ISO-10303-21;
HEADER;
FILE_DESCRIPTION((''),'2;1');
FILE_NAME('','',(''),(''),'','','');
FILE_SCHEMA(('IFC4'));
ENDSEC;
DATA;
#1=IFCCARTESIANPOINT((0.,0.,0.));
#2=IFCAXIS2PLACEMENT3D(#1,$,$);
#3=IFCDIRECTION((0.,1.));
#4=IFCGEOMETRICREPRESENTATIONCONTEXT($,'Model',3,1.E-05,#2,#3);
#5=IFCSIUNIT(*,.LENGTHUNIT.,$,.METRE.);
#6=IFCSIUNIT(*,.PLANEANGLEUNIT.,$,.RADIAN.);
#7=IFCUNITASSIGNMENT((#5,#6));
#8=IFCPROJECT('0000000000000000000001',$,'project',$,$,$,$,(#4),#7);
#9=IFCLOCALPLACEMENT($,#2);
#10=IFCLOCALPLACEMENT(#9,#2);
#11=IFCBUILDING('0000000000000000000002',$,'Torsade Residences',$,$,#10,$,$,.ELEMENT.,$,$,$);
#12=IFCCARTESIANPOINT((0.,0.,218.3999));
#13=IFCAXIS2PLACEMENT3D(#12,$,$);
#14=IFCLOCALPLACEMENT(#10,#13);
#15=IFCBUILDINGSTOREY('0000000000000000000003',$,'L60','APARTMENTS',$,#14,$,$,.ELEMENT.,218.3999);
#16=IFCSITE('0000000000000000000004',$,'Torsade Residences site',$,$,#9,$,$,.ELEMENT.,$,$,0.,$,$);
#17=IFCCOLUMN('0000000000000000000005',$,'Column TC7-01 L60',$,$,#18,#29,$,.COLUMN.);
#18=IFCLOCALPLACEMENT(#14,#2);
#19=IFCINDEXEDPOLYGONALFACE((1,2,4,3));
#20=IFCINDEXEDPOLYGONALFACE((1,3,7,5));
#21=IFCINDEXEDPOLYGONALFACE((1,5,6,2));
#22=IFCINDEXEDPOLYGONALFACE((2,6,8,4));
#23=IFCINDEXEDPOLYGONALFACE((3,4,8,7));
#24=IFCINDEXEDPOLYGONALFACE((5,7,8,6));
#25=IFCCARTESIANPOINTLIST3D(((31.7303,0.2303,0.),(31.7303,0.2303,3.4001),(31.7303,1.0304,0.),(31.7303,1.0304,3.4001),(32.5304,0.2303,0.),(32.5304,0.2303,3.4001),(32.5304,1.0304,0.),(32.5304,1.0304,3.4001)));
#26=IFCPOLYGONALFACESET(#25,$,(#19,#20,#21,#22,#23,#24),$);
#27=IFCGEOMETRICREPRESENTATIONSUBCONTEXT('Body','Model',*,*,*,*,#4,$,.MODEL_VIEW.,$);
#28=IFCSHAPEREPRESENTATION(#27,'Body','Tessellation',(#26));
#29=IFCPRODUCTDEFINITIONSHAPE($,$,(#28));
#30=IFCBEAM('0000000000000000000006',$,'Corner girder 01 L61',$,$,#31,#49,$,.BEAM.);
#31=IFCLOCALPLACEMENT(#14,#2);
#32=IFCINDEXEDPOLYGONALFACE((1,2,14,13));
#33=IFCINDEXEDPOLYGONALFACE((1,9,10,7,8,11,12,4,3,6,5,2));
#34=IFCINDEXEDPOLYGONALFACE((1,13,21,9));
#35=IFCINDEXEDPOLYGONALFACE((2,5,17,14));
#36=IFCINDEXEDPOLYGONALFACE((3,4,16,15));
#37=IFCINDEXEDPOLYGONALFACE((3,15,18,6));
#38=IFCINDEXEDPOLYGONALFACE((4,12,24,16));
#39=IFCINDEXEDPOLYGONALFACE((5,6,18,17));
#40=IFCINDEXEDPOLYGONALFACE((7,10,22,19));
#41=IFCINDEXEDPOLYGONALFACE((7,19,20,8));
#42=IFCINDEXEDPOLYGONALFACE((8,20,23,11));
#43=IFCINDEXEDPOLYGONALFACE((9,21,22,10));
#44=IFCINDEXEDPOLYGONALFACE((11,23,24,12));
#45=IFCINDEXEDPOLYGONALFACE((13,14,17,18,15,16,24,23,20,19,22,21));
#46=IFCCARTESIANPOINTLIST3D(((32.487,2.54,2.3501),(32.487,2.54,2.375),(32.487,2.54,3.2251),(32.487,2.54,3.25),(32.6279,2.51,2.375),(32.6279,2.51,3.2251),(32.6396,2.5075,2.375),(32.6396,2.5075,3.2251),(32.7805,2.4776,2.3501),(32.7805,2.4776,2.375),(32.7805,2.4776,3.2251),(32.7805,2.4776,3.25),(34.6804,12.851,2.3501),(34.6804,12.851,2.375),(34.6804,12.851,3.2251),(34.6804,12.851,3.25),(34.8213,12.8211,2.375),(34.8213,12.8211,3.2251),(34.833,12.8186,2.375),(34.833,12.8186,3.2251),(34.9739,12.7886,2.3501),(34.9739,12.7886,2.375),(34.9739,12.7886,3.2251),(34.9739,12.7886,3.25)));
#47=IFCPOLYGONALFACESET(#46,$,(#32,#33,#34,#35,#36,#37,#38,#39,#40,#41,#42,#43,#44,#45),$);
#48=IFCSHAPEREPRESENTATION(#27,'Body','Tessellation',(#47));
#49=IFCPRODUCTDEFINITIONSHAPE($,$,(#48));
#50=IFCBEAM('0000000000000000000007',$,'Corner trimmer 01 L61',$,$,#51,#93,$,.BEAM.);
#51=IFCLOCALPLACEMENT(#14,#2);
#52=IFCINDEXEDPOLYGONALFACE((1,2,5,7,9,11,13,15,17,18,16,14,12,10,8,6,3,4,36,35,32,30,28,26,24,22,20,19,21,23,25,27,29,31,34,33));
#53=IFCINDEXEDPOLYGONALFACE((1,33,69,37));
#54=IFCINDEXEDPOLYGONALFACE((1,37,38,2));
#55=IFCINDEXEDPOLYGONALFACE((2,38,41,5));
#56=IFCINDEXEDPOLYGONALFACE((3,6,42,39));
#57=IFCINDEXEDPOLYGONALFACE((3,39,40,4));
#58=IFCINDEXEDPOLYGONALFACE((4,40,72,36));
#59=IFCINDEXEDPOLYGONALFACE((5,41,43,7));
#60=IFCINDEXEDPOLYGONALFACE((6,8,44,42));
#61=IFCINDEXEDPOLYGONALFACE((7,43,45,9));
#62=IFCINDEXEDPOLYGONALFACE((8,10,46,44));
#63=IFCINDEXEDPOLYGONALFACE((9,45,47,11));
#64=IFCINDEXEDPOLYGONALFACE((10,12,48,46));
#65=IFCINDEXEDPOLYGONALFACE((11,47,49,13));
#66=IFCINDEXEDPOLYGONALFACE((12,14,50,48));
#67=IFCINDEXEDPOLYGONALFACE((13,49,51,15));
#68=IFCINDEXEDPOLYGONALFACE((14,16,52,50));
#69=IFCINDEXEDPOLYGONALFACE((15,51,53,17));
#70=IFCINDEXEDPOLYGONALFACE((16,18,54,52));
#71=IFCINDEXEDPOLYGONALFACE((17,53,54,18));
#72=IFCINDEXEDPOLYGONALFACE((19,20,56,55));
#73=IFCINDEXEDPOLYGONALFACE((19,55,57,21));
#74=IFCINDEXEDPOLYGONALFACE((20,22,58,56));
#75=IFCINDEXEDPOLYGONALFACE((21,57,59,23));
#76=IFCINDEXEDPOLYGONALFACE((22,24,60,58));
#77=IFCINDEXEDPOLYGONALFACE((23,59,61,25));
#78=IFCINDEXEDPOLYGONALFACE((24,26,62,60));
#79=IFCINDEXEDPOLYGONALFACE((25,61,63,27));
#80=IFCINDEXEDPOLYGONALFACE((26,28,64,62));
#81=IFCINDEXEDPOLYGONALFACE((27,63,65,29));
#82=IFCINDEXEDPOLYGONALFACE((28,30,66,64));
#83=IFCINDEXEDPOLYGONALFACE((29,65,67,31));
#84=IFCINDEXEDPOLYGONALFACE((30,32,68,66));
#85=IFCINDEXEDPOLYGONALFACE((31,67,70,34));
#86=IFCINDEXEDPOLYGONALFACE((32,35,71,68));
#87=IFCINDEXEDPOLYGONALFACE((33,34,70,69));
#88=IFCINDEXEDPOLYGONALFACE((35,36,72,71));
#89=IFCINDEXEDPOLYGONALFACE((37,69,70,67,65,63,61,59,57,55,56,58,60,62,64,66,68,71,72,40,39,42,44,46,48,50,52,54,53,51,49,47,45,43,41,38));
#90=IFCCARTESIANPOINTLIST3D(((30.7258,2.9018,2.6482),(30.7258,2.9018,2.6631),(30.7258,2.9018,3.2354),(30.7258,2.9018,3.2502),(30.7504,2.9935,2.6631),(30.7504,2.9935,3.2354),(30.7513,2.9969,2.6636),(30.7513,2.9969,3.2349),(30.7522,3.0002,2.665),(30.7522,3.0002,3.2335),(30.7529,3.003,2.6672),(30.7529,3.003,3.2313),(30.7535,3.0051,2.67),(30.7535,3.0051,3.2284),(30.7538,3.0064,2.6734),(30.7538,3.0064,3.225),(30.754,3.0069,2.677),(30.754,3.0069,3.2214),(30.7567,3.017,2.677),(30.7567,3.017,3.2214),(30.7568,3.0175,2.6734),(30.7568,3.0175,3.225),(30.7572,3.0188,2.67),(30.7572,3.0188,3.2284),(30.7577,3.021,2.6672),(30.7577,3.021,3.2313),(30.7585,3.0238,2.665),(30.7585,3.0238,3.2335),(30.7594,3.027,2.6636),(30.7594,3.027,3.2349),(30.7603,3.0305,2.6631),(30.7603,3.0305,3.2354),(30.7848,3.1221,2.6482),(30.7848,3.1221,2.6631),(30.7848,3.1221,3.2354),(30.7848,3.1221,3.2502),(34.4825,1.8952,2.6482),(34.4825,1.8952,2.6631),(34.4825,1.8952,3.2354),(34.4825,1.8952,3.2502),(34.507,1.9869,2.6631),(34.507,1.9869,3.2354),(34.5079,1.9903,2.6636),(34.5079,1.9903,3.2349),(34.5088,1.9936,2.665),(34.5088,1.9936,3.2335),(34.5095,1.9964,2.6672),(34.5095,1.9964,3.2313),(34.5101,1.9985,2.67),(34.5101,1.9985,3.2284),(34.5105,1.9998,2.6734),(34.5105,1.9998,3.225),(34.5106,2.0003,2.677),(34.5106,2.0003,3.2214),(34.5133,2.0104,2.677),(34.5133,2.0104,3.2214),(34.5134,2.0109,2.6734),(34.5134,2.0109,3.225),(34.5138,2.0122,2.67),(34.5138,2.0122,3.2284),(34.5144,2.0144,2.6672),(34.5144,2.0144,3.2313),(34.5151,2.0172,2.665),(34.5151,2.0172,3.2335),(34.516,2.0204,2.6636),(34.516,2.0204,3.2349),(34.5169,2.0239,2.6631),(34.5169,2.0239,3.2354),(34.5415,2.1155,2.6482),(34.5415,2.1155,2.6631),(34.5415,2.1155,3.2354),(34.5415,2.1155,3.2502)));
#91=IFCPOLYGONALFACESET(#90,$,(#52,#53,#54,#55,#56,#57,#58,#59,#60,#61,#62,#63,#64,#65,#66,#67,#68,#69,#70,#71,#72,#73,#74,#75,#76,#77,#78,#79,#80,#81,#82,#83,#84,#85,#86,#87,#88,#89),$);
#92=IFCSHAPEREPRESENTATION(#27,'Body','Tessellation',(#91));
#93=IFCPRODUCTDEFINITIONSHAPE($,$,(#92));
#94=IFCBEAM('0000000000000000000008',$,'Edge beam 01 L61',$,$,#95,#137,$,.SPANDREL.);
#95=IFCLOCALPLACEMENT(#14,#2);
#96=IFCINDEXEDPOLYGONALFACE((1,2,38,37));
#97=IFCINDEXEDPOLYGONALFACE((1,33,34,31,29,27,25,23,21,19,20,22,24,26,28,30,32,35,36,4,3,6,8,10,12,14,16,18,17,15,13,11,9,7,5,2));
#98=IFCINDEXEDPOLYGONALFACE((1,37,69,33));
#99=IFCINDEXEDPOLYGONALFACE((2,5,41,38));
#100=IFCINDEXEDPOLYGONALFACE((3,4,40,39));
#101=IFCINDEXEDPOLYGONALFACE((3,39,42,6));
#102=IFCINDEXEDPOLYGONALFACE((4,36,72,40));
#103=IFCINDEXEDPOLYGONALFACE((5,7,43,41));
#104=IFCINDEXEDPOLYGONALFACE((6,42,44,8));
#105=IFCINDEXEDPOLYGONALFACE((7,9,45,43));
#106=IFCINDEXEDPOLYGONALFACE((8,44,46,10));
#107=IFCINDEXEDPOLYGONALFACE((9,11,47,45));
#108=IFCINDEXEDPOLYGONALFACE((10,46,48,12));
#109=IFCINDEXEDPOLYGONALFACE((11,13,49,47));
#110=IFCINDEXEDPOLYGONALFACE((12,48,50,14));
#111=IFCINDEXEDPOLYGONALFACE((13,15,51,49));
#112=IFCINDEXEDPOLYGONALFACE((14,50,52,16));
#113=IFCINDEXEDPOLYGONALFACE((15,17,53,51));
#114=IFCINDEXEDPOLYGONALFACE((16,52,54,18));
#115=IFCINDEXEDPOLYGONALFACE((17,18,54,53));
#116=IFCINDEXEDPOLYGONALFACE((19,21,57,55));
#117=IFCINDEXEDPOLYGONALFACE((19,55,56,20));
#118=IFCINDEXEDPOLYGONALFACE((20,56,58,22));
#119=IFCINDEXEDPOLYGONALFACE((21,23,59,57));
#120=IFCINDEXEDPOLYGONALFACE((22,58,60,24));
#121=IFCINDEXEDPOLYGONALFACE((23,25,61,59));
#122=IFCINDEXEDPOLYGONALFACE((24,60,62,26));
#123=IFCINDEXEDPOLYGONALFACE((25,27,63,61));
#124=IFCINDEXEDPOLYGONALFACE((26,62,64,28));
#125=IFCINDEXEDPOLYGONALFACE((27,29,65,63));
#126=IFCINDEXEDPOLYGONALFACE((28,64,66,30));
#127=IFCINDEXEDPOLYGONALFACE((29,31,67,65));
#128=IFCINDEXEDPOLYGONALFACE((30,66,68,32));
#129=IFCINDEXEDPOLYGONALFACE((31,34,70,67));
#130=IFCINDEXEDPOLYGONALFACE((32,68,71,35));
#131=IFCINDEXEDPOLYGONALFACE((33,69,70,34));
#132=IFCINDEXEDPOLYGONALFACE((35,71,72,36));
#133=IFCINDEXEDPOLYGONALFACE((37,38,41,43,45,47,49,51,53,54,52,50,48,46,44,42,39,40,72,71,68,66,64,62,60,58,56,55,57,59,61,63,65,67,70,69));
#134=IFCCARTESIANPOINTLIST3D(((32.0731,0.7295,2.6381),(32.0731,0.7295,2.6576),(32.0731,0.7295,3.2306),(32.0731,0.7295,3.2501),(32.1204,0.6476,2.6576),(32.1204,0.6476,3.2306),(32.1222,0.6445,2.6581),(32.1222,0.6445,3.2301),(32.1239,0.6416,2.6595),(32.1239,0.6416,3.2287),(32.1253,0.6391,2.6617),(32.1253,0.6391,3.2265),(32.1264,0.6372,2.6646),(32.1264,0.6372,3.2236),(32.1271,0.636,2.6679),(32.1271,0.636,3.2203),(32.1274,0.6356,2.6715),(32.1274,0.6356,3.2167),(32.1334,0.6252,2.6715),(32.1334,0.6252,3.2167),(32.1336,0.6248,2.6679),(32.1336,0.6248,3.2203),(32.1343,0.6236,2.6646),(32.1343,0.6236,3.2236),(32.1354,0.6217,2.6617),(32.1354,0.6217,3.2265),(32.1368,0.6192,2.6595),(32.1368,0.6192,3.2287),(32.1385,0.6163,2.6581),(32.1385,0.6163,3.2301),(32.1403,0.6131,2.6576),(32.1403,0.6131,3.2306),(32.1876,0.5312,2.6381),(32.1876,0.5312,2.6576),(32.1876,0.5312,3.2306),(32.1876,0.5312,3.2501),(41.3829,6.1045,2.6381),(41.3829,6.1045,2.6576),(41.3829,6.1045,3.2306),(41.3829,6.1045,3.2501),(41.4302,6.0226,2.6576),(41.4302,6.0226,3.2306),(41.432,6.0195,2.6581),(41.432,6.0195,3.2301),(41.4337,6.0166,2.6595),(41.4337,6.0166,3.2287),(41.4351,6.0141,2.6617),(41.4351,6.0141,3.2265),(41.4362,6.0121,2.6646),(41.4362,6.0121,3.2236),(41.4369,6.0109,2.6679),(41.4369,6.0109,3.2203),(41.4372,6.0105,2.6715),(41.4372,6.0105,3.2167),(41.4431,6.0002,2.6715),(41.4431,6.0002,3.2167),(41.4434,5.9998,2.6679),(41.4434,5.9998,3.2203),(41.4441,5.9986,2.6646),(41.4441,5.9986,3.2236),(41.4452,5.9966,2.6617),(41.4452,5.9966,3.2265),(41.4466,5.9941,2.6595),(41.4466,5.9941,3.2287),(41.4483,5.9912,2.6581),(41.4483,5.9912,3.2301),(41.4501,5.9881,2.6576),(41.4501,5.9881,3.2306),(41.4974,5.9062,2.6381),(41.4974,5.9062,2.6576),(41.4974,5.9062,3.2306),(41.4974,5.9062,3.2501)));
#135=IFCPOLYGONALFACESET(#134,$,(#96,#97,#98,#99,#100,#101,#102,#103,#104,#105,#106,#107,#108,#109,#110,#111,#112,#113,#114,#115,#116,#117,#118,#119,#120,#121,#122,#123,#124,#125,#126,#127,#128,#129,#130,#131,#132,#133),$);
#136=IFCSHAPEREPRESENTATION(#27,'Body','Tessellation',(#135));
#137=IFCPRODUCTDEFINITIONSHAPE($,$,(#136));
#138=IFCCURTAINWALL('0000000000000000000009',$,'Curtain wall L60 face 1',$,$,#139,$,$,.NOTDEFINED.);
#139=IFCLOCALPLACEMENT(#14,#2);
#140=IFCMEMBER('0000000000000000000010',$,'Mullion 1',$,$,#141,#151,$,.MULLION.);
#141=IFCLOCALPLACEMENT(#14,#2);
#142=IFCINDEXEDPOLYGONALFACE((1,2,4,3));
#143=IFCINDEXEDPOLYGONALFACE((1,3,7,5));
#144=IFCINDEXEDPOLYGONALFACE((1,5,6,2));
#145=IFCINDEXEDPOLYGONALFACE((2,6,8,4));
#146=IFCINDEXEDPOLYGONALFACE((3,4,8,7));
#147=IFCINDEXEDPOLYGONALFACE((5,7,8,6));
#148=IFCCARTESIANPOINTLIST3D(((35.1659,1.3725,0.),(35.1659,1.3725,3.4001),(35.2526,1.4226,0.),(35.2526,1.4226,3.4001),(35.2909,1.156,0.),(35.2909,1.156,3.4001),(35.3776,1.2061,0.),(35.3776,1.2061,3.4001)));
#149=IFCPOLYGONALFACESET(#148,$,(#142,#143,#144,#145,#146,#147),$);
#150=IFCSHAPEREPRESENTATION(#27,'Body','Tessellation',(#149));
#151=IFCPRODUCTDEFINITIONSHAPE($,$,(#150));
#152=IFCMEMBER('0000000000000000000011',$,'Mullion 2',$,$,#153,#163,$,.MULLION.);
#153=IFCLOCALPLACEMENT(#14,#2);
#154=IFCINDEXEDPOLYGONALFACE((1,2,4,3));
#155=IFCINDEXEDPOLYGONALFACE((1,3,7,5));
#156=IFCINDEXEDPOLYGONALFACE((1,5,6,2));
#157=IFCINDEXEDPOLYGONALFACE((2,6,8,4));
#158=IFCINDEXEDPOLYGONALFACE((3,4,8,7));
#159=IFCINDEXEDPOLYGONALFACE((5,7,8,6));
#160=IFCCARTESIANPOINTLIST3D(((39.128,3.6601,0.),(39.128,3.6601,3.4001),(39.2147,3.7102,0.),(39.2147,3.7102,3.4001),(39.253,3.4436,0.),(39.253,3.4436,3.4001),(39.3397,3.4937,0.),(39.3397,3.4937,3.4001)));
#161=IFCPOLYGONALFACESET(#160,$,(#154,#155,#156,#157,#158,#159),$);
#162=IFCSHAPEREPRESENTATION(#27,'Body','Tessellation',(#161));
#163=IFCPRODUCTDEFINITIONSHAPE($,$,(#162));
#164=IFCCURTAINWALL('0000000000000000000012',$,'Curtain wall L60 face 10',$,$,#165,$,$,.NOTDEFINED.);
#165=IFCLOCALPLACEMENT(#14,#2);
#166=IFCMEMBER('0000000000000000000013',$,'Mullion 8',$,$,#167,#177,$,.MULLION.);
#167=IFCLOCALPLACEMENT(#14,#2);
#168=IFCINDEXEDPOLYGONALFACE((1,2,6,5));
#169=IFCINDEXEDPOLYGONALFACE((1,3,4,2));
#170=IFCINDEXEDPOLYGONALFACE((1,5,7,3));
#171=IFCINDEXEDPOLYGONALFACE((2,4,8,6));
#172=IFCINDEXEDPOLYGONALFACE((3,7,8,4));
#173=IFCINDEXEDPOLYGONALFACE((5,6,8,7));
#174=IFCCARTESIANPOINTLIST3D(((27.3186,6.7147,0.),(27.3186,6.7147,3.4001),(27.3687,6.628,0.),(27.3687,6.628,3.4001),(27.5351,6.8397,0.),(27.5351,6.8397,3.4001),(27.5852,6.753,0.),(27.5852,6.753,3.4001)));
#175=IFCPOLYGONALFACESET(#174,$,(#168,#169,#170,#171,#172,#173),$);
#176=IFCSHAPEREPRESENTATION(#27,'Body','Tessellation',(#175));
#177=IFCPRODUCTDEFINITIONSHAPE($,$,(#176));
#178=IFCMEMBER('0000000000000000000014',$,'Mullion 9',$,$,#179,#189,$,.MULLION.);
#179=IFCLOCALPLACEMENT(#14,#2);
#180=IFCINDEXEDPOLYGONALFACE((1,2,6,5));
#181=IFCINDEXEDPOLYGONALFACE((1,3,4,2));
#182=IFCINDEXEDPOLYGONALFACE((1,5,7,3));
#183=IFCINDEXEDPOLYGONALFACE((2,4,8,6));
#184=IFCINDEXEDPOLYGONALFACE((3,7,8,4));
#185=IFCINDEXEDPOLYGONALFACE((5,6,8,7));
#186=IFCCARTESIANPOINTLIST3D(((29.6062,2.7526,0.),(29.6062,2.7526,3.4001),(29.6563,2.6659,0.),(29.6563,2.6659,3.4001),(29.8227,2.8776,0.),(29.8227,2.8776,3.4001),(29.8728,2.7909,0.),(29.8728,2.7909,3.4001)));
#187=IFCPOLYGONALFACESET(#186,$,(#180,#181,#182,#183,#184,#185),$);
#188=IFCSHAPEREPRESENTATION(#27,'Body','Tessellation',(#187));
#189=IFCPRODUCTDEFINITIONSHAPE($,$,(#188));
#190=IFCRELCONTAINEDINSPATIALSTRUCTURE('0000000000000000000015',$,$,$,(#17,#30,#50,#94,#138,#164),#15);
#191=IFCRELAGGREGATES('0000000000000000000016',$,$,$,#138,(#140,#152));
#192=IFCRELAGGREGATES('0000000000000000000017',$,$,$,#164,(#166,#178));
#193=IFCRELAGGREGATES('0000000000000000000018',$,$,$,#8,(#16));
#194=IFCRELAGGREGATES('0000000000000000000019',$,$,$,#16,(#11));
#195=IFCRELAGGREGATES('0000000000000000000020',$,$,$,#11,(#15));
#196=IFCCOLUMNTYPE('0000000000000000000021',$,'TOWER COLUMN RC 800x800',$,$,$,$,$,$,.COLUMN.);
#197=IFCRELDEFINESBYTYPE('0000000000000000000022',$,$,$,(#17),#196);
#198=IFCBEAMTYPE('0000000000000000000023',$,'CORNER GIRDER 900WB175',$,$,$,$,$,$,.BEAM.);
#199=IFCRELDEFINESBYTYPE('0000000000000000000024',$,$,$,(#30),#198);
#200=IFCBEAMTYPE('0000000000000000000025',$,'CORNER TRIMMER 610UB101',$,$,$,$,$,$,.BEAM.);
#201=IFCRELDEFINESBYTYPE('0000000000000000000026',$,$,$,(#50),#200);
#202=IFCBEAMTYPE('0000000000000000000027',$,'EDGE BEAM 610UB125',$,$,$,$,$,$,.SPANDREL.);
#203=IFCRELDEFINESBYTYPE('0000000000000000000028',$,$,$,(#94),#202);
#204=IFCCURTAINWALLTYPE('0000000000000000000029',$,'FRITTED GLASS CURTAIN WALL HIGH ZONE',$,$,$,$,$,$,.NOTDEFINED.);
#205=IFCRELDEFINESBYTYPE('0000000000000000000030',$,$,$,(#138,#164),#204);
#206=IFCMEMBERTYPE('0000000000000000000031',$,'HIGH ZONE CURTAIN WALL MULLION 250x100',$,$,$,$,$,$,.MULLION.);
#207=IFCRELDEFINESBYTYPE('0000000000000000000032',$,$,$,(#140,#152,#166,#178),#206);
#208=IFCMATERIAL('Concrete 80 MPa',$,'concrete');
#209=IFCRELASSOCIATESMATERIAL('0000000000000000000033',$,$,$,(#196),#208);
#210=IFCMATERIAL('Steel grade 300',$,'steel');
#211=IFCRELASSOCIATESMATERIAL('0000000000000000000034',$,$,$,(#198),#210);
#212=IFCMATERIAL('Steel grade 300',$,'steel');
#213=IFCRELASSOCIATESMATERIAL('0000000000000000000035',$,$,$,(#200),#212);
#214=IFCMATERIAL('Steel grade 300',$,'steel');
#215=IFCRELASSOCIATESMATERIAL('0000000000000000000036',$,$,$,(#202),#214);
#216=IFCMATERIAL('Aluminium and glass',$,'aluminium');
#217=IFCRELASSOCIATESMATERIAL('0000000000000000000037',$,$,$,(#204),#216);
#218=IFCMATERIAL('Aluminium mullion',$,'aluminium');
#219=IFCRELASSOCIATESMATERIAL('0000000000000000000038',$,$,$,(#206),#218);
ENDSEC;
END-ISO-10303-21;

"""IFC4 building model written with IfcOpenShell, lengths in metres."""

from ifc_helpers import new_model, si_unit, direction, frame, origin, origin_2d, place, context, subcontext, project, spatial, rectangle, i_section, extrude, material, material_profile, profile_set, type_object, element, aggregate, save


model = new_model("IFC4")

# Units and contexts
model_context = context("Model", 3, precision=1e-05, world=origin(), true_north=direction((0.0, 1.0)))
body_context = subcontext(model_context, "Body", "Model", "MODEL_VIEW")
ifc_project = project(units=[si_unit("LENGTHUNIT", "METRE"), si_unit("PLANEANGLEUNIT", "RADIAN")], contexts=[model_context])

# Site, building, storey
site_placement = place(None, origin())
site = spatial("IfcSite", under=ifc_project, at=site_placement, Name="Torsade Residences site", CompositionType="ELEMENT", RefElevation=0.0)
building_placement = place(site_placement, origin())
building = spatial("IfcBuilding", under=site, at=building_placement, Name="Torsade Residences", CompositionType="ELEMENT")
storey_placement = place(building_placement, frame((0.0, 0.0, 218.3999)))
storey = spatial("IfcBuildingStorey", under=building, at=storey_placement, Name="L60", Description="APARTMENTS", CompositionType="ELEMENT", Elevation=218.3999)

# Column
ifc_material_1 = material(Name="Concrete 80 MPa", Category="concrete")
ifc_material_profile_1 = material_profile(ifc_material_1, rectangle(XDim=0.8, YDim=0.8, at=origin_2d()), Name="RC 800x800")
ifc_profile_set_1 = profile_set([ifc_material_profile_1], Name="Concrete 80 MPa")
column_type = type_object("IfcColumnType", Name="TOWER COLUMN RC 800x800", PredefinedType="COLUMN", material=ifc_profile_set_1)
column_placement = place(storey_placement, frame((32.1304, 0.6304, 0.0), z_axis=(0.0, 0.0, 1.0), x_axis=(1.0, 0.0, 0.0)))
element("IfcColumn", 1, at=column_placement, inside=storey, type_object=column_type, Name="Column TC7-01 L60", PredefinedType="COLUMN", context=body_context, shape_type="SweptSolid", body=[
    extrude(rectangle(XDim=0.8, YDim=0.8, at=origin_2d()), origin(), (0.0, 0.0, 1.0), 3.4001),
])

# Beams
ifc_material_2 = material(Name="Steel grade 300", Category="steel")
ifc_material_profile_2 = material_profile(ifc_material_2, i_section(OverallWidth=0.3, OverallDepth=0.8999, WebThickness=0.012, FlangeThickness=0.0249, at=origin_2d()), Name="900WB175")
ifc_profile_set_2 = profile_set([ifc_material_profile_2], Name="Steel grade 300")
beam_type_1 = type_object("IfcBeamType", Name="CORNER GIRDER 900WB175", PredefinedType="BEAM", material=ifc_profile_set_2)
beam_1_placement = place(storey_placement, frame((32.6338, 2.5088, 2.8), z_axis=(0.208064, 0.978115, 0.0), x_axis=(-0.978115, 0.208064, 0.0)))
element("IfcBeam", 2, at=beam_1_placement, inside=storey, type_object=beam_type_1, Name="Corner girder 01 L61", PredefinedType="BEAM", context=body_context, shape_type="SweptSolid", body=[
    extrude(i_section(OverallWidth=0.3, OverallDepth=0.8999, WebThickness=0.012, FlangeThickness=0.0249, at=origin_2d()), origin(), (0.0, 0.0, 1.0), 10.5417),
])
ifc_material_3 = material(Name="Steel grade 300", Category="steel")
ifc_material_profile_3 = material_profile(ifc_material_3, i_section(OverallWidth=0.228, OverallDepth=0.6021, WebThickness=0.0105, FlangeThickness=0.0149, FilletRadius=0.0139, at=origin_2d()), Name="610UB101")
ifc_profile_set_3 = profile_set([ifc_material_profile_3], Name="Steel grade 300")
beam_type_2 = type_object("IfcBeamType", Name="CORNER TRIMMER 610UB101", PredefinedType="BEAM", material=ifc_profile_set_3)
beam_2_placement = place(storey_placement, frame((34.512, 2.0054, 2.9492), z_axis=(-0.965925, 0.258823, 0.0), x_axis=(-0.258823, -0.965925, 0.0)))
element("IfcBeam", 3, at=beam_2_placement, inside=storey, type_object=beam_type_2, Name="Corner trimmer 01 L61", PredefinedType="BEAM", context=body_context, shape_type="SweptSolid", body=[
    extrude(i_section(OverallWidth=0.228, OverallDepth=0.6021, WebThickness=0.0105, FlangeThickness=0.0149, FilletRadius=0.0139, at=origin_2d()), origin(), (0.0, 0.0, 1.0), 3.8892),
])
ifc_material_4 = material(Name="Steel grade 300", Category="steel")
ifc_material_profile_4 = material_profile(ifc_material_4, i_section(OverallWidth=0.229, OverallDepth=0.6121, WebThickness=0.012, FlangeThickness=0.0195, FilletRadius=0.0139, at=origin_2d()), Name="610UB125")
ifc_profile_set_4 = profile_set([ifc_material_profile_4], Name="Steel grade 300")
beam_type_3 = type_object("IfcBeamType", Name="EDGE BEAM 610UB125", PredefinedType="SPANDREL", material=ifc_profile_set_4)
beam_3_placement = place(storey_placement, frame((32.1304, 0.6304, 2.9441), z_axis=(0.866026, 0.499998, 0.0), x_axis=(-0.499998, 0.866026, 0.0)))
element("IfcBeam", 4, at=beam_3_placement, inside=storey, type_object=beam_type_3, Name="Edge beam 01 L61", PredefinedType="SPANDREL", context=body_context, shape_type="SweptSolid", body=[
    extrude(i_section(OverallWidth=0.229, OverallDepth=0.6121, WebThickness=0.012, FlangeThickness=0.0195, FilletRadius=0.0139, at=origin_2d()), origin(), (0.0, 0.0, 1.0), 10.75),
])

# Curtain walls, members
ifc_material_5 = material(Name="Aluminium and glass", Category="aluminium")
curtain_wall_type = type_object("IfcCurtainWallType", Name="FRITTED GLASS CURTAIN WALL HIGH ZONE", PredefinedType="NOTDEFINED", material=ifc_material_5)
curtain_wall_1_placement = place(storey_placement, origin())
curtain_wall_1 = element("IfcCurtainWall", 5, at=curtain_wall_1_placement, inside=storey, type_object=curtain_wall_type, Name="Curtain wall L60 face 1", PredefinedType="NOTDEFINED")
ifc_material_6 = material(Name="Aluminium mullion", Category="aluminium")
ifc_material_profile_5 = material_profile(ifc_material_6, rectangle(XDim=0.25, YDim=0.1001, at=origin_2d()), Name="HIGH ZONE CURTAIN WALL MULLION 250x100")
ifc_profile_set_5 = profile_set([ifc_material_profile_5], Name="Aluminium mullion")
member_type_1 = type_object("IfcMemberType", Name="HIGH ZONE CURTAIN WALL MULLION 250x100", PredefinedType="MULLION", material=ifc_profile_set_5)
member_1_placement = place(storey_placement, frame((35.2717, 1.2893, 0.0), z_axis=(0.0, 0.0, 1.0), x_axis=(-0.5, 0.866025, 0.0)))
member_1 = element("IfcMember", 6, at=member_1_placement, type_object=member_type_1, Name="Mullion 1", PredefinedType="MULLION", context=body_context, shape_type="SweptSolid", body=[
    extrude(rectangle(XDim=0.25, YDim=0.1001, at=origin_2d()), origin(), (0.0, 0.0, 1.0), 3.4001),
])
member_2_placement = place(storey_placement, frame((39.2339, 3.5769, 0.0), z_axis=(0.0, 0.0, 1.0), x_axis=(-0.5, 0.866025, 0.0)))
member_2 = element("IfcMember", 7, at=member_2_placement, type_object=member_type_1, Name="Mullion 2", PredefinedType="MULLION", context=body_context, shape_type="SweptSolid", body=[
    extrude(rectangle(XDim=0.25, YDim=0.1001, at=origin_2d()), origin(), (0.0, 0.0, 1.0), 3.4001),
])
curtain_wall_2_placement = place(storey_placement, origin())
curtain_wall_2 = element("IfcCurtainWall", 8, at=curtain_wall_2_placement, inside=storey, type_object=curtain_wall_type, Name="Curtain wall L60 face 10", PredefinedType="NOTDEFINED")
member_3_placement = place(storey_placement, frame((27.4519, 6.7339, 0.0), z_axis=(0.0, 0.0, 1.0), x_axis=(0.866025, 0.5, 0.0)))
member_3 = element("IfcMember", 9, at=member_3_placement, type_object=member_type_1, Name="Mullion 8", PredefinedType="MULLION", context=body_context, shape_type="SweptSolid", body=[
    extrude(rectangle(XDim=0.25, YDim=0.1001, at=origin_2d()), origin(), (0.0, 0.0, 1.0), 3.4001),
])
member_4_placement = place(storey_placement, frame((29.7395, 2.7717, 0.0), z_axis=(0.0, 0.0, 1.0), x_axis=(0.866025, 0.5, 0.0)))
member_4 = element("IfcMember", 10, at=member_4_placement, type_object=member_type_1, Name="Mullion 9", PredefinedType="MULLION", context=body_context, shape_type="SweptSolid", body=[
    extrude(rectangle(XDim=0.25, YDim=0.1001, at=origin_2d()), origin(), (0.0, 0.0, 1.0), 3.4001),
])

aggregate(curtain_wall_1, [member_1, member_2])
aggregate(curtain_wall_2, [member_3, member_4])

save(model, "model.ifc")
